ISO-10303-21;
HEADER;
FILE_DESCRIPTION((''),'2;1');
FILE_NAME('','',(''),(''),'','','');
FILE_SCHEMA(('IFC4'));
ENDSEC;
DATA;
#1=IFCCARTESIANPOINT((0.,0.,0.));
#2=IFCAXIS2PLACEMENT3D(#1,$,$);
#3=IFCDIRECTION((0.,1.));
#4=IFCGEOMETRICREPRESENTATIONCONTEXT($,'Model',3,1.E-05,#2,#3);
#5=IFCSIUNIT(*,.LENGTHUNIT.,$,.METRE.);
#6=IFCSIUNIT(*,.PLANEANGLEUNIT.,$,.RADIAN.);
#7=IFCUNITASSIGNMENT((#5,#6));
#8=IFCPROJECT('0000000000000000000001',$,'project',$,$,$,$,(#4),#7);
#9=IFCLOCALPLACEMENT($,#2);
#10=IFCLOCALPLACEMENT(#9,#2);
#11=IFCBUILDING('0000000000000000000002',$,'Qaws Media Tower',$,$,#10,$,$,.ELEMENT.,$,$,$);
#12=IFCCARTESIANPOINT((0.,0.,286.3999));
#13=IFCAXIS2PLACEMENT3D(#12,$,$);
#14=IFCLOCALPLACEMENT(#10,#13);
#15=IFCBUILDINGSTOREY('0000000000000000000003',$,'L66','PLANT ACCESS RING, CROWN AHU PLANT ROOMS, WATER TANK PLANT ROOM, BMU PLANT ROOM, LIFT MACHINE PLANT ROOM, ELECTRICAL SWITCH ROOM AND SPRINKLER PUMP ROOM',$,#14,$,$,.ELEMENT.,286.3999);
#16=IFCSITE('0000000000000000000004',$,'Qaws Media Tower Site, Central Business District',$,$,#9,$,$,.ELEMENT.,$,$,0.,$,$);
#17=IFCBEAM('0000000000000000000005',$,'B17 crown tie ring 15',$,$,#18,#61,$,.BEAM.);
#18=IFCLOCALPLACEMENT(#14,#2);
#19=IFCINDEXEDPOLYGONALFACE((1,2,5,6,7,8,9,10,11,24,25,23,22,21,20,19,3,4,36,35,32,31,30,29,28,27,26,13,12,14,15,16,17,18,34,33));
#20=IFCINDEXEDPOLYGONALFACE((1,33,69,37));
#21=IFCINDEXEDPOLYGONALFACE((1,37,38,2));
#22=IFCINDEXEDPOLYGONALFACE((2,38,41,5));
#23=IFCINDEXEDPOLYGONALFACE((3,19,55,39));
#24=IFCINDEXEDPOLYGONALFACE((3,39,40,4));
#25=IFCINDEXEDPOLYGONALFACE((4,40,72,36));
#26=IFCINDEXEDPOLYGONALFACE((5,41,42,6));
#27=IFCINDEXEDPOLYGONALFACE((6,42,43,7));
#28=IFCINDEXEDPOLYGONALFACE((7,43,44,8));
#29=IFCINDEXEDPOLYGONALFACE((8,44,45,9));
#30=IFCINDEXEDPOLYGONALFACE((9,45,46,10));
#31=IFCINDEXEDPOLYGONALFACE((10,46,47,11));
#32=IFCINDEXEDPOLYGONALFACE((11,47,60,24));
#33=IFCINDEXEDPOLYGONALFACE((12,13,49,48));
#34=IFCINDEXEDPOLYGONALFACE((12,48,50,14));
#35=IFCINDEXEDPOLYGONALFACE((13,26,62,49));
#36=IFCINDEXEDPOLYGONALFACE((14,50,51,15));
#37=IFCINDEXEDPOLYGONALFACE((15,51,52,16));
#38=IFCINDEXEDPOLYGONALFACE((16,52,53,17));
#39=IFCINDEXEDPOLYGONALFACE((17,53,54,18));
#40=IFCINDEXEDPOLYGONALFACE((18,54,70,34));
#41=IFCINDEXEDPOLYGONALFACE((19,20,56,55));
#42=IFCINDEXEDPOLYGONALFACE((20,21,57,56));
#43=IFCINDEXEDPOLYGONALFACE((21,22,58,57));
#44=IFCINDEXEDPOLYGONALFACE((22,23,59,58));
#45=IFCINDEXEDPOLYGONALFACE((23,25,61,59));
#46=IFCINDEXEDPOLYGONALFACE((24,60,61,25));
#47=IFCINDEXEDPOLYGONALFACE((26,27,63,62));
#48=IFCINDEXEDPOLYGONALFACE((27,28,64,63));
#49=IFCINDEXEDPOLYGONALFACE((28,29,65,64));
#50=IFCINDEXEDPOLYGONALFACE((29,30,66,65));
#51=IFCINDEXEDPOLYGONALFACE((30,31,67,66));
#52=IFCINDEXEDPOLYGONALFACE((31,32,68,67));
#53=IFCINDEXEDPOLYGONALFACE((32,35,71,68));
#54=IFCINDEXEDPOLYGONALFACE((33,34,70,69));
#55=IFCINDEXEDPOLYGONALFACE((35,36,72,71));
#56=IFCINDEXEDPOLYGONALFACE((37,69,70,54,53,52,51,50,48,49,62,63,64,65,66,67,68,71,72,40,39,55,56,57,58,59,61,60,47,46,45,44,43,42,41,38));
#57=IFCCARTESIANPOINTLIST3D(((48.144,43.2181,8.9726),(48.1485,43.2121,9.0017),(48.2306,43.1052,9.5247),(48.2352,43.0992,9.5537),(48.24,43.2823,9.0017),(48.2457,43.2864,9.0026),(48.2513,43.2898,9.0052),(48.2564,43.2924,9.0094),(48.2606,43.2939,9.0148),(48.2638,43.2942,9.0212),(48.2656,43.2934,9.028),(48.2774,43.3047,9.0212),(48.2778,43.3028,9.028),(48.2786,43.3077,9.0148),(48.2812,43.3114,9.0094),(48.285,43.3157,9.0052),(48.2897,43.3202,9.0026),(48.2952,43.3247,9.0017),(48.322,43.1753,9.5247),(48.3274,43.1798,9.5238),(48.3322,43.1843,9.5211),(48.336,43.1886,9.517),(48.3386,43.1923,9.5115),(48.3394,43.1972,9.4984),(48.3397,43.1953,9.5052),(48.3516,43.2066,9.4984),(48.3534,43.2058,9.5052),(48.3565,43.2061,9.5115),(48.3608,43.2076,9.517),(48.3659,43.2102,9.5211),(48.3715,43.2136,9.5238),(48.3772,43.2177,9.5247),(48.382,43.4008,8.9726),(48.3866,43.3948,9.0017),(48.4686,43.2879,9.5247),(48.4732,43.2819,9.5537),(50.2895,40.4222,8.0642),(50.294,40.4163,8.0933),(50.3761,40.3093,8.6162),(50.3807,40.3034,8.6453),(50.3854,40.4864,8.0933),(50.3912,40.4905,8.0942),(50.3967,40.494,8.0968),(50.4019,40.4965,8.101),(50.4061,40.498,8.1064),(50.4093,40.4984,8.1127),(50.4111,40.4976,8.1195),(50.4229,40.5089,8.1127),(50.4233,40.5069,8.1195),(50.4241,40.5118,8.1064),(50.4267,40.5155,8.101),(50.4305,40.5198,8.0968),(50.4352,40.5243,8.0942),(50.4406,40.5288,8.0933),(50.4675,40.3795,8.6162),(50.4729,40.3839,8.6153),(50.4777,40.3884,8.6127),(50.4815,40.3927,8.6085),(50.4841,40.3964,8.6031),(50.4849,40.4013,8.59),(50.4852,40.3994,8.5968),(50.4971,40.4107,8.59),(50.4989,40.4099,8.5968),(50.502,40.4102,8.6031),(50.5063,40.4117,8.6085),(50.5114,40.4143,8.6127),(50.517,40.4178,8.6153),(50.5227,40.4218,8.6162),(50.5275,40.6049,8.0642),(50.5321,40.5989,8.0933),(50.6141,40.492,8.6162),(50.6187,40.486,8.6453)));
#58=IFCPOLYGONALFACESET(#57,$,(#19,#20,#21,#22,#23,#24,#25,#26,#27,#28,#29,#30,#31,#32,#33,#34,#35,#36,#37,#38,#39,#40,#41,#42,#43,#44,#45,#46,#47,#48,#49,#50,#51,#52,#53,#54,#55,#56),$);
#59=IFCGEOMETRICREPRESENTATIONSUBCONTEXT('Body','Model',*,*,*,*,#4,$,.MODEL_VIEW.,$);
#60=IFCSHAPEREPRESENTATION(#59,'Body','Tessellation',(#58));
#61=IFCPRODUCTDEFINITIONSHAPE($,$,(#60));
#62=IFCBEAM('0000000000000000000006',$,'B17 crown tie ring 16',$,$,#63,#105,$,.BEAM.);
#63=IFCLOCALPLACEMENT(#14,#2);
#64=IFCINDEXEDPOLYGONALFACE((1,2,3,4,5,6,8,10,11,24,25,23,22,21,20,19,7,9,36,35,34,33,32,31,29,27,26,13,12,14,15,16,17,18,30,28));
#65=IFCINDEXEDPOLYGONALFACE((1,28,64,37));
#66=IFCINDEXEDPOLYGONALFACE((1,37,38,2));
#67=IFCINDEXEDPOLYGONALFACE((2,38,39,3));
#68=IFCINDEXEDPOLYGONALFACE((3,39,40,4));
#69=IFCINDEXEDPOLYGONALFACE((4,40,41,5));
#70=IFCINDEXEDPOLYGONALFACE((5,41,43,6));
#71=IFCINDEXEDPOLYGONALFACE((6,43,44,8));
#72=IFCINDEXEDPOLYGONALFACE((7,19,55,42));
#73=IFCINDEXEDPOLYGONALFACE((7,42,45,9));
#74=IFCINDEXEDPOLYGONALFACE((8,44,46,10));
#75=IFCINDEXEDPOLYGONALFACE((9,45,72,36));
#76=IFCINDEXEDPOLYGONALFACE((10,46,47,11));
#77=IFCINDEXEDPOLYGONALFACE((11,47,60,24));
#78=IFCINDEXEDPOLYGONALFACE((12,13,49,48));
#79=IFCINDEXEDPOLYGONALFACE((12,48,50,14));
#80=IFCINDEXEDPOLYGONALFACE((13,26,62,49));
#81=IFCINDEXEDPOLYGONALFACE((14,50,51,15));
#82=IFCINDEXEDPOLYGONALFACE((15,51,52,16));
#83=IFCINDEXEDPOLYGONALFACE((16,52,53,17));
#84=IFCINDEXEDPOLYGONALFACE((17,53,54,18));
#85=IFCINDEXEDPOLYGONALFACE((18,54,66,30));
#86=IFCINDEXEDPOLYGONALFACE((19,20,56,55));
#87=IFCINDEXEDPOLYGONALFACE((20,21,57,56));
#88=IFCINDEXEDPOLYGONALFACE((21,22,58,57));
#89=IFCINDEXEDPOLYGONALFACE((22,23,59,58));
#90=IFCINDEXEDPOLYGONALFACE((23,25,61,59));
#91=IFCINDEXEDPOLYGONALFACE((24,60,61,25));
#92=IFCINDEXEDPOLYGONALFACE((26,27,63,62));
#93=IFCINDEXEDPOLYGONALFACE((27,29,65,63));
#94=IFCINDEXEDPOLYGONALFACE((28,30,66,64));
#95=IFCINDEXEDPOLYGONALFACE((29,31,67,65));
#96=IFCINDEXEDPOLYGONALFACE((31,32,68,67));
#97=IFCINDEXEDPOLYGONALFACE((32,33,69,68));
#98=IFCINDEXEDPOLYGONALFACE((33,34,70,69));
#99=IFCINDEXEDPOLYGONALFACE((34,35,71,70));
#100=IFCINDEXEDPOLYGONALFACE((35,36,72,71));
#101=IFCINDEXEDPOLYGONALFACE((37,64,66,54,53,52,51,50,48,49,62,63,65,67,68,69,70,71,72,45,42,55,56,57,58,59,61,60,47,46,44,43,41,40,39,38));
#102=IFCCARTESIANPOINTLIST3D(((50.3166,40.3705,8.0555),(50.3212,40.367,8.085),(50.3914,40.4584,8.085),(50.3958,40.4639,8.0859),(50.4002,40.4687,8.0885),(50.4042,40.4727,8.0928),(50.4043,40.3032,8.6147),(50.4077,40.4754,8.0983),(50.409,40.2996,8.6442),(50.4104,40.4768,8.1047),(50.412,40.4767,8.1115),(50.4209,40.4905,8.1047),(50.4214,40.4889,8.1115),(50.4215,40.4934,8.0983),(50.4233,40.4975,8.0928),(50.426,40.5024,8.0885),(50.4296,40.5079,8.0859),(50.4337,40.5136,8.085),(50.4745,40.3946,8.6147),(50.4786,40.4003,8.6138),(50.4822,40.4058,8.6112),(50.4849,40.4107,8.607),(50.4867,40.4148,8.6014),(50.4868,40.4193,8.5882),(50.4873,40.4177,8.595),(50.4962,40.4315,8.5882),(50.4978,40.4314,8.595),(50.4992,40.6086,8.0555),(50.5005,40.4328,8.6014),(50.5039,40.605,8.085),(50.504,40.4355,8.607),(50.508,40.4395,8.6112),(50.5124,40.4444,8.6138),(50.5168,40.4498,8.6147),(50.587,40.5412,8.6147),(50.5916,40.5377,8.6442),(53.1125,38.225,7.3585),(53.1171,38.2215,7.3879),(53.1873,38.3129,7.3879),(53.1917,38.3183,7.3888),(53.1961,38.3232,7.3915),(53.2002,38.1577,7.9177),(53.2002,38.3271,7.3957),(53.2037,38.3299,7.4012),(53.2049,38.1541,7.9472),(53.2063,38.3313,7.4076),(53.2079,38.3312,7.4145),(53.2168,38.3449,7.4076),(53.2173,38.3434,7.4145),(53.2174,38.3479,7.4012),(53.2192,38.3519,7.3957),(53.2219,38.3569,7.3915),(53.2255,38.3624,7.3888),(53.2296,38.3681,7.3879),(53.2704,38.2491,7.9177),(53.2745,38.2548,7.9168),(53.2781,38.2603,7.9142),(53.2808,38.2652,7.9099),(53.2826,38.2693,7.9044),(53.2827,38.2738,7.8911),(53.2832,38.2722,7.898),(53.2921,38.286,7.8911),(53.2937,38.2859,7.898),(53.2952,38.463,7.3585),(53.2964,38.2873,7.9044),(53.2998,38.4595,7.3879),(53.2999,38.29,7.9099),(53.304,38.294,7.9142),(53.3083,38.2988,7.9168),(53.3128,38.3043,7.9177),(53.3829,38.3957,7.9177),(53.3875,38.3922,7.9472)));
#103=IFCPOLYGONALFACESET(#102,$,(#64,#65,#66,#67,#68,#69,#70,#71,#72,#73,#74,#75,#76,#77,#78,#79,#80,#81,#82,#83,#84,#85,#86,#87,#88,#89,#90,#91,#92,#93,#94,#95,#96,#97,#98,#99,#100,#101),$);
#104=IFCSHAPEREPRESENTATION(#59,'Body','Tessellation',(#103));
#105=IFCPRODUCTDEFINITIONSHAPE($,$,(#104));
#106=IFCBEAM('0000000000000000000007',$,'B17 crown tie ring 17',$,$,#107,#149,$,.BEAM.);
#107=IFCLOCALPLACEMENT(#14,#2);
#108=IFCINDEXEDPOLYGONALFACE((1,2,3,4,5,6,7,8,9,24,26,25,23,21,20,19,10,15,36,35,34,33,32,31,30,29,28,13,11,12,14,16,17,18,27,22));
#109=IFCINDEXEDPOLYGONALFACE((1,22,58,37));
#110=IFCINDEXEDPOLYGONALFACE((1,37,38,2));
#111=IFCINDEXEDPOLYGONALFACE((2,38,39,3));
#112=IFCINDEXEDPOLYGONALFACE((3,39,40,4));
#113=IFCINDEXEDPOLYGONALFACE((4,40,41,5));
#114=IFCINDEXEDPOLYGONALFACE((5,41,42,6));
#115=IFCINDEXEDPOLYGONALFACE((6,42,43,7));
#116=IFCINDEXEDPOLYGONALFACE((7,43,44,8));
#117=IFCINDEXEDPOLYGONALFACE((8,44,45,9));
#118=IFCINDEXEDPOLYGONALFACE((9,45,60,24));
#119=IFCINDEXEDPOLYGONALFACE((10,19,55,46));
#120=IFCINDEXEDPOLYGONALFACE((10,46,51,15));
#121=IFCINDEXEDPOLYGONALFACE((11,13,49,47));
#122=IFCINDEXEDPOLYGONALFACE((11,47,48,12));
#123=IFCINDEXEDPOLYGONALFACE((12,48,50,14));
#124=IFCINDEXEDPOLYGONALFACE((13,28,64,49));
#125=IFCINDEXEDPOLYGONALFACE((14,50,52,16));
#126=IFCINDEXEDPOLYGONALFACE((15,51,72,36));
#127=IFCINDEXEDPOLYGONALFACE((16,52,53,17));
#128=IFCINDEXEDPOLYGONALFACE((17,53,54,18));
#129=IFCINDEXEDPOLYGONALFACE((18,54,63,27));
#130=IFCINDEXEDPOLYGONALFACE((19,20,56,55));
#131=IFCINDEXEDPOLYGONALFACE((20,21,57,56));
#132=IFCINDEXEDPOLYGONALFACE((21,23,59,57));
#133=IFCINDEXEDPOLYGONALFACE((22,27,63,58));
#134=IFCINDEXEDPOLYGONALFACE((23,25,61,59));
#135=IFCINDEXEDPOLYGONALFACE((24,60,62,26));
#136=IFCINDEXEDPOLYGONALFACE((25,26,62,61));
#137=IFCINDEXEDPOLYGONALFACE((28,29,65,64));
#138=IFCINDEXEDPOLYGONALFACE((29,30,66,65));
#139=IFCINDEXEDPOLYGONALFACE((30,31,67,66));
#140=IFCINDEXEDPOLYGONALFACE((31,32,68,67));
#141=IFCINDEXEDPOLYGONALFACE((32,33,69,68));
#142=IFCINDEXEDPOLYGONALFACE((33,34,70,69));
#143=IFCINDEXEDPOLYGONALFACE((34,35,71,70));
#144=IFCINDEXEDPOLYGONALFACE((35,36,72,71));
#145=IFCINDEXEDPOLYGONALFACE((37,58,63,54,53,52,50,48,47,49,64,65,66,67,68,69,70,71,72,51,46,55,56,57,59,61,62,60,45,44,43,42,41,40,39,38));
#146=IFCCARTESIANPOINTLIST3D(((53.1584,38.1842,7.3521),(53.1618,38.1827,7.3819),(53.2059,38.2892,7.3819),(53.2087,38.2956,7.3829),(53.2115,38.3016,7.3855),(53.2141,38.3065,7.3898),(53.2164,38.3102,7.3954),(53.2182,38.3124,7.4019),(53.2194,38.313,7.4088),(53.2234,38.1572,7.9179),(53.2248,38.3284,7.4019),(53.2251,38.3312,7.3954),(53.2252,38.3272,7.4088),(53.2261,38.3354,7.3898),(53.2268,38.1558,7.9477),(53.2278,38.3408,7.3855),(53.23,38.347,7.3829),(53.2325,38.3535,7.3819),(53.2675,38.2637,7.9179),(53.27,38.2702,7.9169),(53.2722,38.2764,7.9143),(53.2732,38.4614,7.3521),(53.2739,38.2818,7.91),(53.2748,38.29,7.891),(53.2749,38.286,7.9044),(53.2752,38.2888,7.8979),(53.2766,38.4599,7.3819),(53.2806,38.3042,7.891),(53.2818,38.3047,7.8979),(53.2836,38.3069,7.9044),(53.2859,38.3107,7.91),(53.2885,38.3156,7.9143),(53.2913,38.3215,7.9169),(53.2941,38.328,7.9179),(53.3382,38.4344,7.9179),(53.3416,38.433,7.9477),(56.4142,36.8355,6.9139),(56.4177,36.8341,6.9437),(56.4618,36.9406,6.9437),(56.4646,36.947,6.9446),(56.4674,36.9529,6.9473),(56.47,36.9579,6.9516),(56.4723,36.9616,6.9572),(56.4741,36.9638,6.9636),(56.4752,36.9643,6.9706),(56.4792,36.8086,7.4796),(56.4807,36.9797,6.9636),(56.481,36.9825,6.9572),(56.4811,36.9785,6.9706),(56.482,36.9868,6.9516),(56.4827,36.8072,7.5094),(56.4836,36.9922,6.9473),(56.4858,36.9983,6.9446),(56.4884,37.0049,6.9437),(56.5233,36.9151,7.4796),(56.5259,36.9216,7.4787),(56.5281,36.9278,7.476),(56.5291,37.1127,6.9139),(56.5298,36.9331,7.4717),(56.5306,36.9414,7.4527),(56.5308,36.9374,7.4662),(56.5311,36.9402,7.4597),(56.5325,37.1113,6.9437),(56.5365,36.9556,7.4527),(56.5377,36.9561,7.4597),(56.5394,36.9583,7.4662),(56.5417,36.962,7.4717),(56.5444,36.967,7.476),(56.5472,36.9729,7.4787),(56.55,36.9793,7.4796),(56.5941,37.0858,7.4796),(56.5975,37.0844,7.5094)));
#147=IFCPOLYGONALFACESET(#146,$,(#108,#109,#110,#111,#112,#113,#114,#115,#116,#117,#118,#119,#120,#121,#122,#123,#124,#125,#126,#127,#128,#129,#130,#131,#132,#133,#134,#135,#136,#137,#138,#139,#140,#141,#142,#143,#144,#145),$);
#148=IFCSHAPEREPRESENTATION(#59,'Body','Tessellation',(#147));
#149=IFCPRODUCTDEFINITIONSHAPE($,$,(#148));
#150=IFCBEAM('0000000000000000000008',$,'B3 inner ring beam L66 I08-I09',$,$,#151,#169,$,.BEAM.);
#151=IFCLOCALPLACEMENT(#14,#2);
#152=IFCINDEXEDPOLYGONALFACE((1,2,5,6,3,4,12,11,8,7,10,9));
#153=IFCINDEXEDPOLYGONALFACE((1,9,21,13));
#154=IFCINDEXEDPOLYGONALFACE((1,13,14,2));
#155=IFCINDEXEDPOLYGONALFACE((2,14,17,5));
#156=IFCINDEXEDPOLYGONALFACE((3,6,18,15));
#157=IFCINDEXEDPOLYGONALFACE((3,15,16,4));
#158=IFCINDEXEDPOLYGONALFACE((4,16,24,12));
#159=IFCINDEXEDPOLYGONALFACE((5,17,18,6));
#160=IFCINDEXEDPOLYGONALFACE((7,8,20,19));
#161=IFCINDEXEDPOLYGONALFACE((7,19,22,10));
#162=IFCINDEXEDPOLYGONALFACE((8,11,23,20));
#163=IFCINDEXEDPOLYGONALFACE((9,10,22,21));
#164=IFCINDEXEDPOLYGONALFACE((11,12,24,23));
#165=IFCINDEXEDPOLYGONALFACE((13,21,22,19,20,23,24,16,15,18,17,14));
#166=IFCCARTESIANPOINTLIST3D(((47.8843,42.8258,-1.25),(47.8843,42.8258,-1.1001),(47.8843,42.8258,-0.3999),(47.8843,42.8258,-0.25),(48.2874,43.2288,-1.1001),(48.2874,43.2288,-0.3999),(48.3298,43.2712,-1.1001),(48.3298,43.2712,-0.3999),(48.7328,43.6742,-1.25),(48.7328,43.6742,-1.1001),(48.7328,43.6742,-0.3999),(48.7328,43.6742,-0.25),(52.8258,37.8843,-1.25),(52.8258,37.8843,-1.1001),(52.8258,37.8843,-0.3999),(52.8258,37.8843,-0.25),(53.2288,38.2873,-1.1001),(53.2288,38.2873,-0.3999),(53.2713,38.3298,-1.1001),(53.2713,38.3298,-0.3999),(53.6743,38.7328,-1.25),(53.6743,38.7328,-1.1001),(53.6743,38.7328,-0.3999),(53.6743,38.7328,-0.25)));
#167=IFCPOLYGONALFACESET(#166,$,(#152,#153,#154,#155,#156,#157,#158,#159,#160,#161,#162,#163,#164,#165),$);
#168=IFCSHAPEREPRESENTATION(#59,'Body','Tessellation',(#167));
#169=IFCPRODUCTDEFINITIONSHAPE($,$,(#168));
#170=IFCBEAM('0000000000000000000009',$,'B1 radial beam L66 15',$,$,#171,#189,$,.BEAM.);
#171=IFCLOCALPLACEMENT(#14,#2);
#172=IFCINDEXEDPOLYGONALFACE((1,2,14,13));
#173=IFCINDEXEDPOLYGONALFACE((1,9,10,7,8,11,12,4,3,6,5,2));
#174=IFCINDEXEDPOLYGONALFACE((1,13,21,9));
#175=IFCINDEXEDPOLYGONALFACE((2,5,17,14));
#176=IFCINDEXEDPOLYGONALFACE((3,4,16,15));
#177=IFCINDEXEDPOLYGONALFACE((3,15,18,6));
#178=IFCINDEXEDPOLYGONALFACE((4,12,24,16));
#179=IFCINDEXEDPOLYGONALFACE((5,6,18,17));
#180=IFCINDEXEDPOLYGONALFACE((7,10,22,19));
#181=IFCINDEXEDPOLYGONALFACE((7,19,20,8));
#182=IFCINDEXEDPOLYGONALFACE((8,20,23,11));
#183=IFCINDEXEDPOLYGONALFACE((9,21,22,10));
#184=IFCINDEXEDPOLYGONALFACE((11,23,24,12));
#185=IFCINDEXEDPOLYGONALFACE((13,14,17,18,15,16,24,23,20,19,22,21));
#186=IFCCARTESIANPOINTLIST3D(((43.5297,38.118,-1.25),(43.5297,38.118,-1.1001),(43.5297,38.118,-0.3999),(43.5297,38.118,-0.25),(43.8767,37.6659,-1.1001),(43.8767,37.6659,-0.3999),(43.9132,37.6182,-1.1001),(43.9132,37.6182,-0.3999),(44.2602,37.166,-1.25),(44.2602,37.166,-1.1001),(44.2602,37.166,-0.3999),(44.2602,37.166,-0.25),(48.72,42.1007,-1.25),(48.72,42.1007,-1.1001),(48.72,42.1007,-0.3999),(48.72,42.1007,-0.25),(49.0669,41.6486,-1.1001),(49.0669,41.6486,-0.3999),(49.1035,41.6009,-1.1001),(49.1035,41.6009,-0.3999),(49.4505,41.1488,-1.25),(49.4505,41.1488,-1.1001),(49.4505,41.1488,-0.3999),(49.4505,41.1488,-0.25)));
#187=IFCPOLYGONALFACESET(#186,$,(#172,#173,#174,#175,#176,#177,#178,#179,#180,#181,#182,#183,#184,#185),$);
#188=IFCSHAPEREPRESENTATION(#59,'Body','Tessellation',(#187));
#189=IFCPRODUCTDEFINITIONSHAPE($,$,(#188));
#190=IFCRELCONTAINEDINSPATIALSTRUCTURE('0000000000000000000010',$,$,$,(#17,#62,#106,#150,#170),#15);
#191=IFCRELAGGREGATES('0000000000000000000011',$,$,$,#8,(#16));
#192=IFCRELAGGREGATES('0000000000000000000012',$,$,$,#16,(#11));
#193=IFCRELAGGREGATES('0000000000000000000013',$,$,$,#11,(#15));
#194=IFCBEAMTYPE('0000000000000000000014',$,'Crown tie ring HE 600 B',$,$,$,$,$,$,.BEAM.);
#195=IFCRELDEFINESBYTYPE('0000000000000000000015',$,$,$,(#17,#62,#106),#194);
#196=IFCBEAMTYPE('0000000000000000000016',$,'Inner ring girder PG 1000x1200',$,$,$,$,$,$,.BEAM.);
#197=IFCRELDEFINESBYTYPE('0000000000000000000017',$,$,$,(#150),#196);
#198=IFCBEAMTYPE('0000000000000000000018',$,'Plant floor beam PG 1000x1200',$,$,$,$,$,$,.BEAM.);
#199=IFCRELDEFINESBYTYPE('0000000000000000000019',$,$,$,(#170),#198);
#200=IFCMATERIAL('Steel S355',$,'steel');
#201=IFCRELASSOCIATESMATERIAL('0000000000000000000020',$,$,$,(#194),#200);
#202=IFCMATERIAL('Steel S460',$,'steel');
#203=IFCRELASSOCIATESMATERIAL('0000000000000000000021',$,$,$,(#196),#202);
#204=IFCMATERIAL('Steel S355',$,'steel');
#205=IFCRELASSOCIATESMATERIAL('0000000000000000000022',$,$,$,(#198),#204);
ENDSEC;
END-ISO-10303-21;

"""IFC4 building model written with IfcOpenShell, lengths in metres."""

from ifc_helpers import new_model, si_unit, direction, frame, origin, origin_2d, place, context, subcontext, project, spatial, i_section, extrude, material, material_profile, profile_set, type_object, element, save


model = new_model("IFC4")

# Units and contexts
model_context = context("Model", 3, precision=1e-05, world=origin(), true_north=direction((0.0, 1.0)))
body_context = subcontext(model_context, "Body", "Model", "MODEL_VIEW")
ifc_project = project(units=[si_unit("LENGTHUNIT", "METRE"), si_unit("PLANEANGLEUNIT", "RADIAN")], contexts=[model_context])

# Site, building, storey
site_placement = place(None, origin())
site = spatial("IfcSite", under=ifc_project, at=site_placement, Name="Qaws Media Tower Site, Central Business District", CompositionType="ELEMENT", RefElevation=0.0)
building_placement = place(site_placement, origin())
building = spatial("IfcBuilding", under=site, at=building_placement, Name="Qaws Media Tower", CompositionType="ELEMENT")
storey_placement = place(building_placement, frame((0.0, 0.0, 286.3999)))
storey = spatial("IfcBuildingStorey", under=building, at=storey_placement, Name="L66", Description="PLANT ACCESS RING, CROWN AHU PLANT ROOMS, WATER TANK PLANT ROOM, BMU PLANT ROOM, LIFT MACHINE PLANT ROOM, ELECTRICAL SWITCH ROOM AND SPRINKLER PUMP ROOM", CompositionType="ELEMENT", Elevation=286.3999)

# Beams
ifc_material_1 = material(Name="Steel S355", Category="steel")
ifc_material_profile_1 = material_profile(ifc_material_1, i_section(OverallWidth=0.3, OverallDepth=0.6001, WebThickness=0.0154, FlangeThickness=0.03, FilletRadius=0.0271, at=origin_2d()), Name="HE 600 B")
ifc_profile_set_1 = profile_set([ifc_material_profile_1], Name="Steel S355")
beam_type_1 = type_object("IfcBeamType", Name="Crown tie ring HE 600 B", PredefinedType="BEAM", material=ifc_profile_set_1)
beam_1_placement = place(storey_placement, frame((48.3086, 43.25, 9.2632), z_axis=(0.589516, -0.768222, -0.249612), x_axis=(0.793334, 0.608786, 0.0)))
element("IfcBeam", 1, at=beam_1_placement, inside=storey, type_object=beam_type_1, Name="B17 crown tie ring 15", PredefinedType="BEAM", context=body_context, shape_type="SweptSolid", body=[
    extrude(i_section(OverallWidth=0.3, OverallDepth=0.6001, WebThickness=0.0154, FlangeThickness=0.03, FilletRadius=0.0271, at=origin_2d()), origin(), (0.0, 0.0, 1.0), 3.6394),
])
beam_2_placement = place(storey_placement, frame((50.4541, 40.4541, 8.3499), z_axis=(0.778259, -0.597218, -0.194021), x_axis=(0.608786, 0.793334, 0.0)))
element("IfcBeam", 2, at=beam_2_placement, inside=storey, type_object=beam_type_1, Name="B17 crown tie ring 16", PredefinedType="BEAM", context=body_context, shape_type="SweptSolid", body=[
    extrude(i_section(OverallWidth=0.3, OverallDepth=0.6001, WebThickness=0.0154, FlangeThickness=0.03, FilletRadius=0.0271, at=origin_2d()), origin(), (0.0, 0.0, 1.0), 3.5925),
])
beam_3_placement = place(storey_placement, frame((53.25, 38.3086, 7.6499), z_axis=(0.916817, -0.379761, -0.123402), x_axis=(0.382686, 0.923878, 0.0)))
element("IfcBeam", 3, at=beam_3_placement, inside=storey, type_object=beam_type_1, Name="B17 crown tie ring 17", PredefinedType="BEAM", context=body_context, shape_type="SweptSolid", body=[
    extrude(i_section(OverallWidth=0.3, OverallDepth=0.6001, WebThickness=0.0154, FlangeThickness=0.03, FilletRadius=0.0271, at=origin_2d()), origin(), (0.0, 0.0, 1.0), 3.5513),
])
ifc_material_2 = material(Name="Steel S460", Category="steel")
ifc_material_profile_2 = material_profile(ifc_material_2, i_section(OverallWidth=1.2, OverallDepth=1.0, WebThickness=0.0601, FlangeThickness=0.1499, at=origin_2d()), Name="PG 1000x1200")
ifc_profile_set_2 = profile_set([ifc_material_profile_2], Name="Steel S460")
beam_type_2 = type_object("IfcBeamType", Name="Inner ring girder PG 1000x1200", PredefinedType="BEAM", material=ifc_profile_set_2)
beam_4_placement = place(storey_placement, frame((48.3086, 43.25, -0.75), z_axis=(0.707107, -0.707107, 0.0), x_axis=(0.707107, 0.707107, 0.0)))
element("IfcBeam", 4, at=beam_4_placement, inside=storey, type_object=beam_type_2, Name="B3 inner ring beam L66 I08-I09", PredefinedType="BEAM", context=body_context, shape_type="SweptSolid", body=[
    extrude(i_section(OverallWidth=1.2, OverallDepth=1.0, WebThickness=0.0601, FlangeThickness=0.1499, at=origin_2d()), origin(), (0.0, 0.0, 1.0), 6.9883),
])
ifc_material_3 = material(Name="Steel S355", Category="steel")
ifc_material_profile_3 = material_profile(ifc_material_3, i_section(OverallWidth=1.2, OverallDepth=1.0, WebThickness=0.0601, FlangeThickness=0.1499, at=origin_2d()), Name="PG 1000x1200")
ifc_profile_set_3 = profile_set([ifc_material_profile_3], Name="Steel S355")
beam_type_3 = type_object("IfcBeamType", Name="Plant floor beam PG 1000x1200", PredefinedType="BEAM", material=ifc_profile_set_3)
beam_5_placement = place(storey_placement, frame((49.0852, 41.6248, -0.75), z_axis=(-0.793346, -0.608771, 0.0), x_axis=(0.608771, -0.793346, 0.0)))
element("IfcBeam", 5, at=beam_5_placement, inside=storey, type_object=beam_type_3, Name="B1 radial beam L66 15", PredefinedType="BEAM", context=body_context, shape_type="SweptSolid", body=[
    extrude(i_section(OverallWidth=1.2, OverallDepth=1.0, WebThickness=0.0601, FlangeThickness=0.1499, at=origin_2d()), origin(), (0.0, 0.0, 1.0), 6.5422),
])

save(model, "model.ifc")
